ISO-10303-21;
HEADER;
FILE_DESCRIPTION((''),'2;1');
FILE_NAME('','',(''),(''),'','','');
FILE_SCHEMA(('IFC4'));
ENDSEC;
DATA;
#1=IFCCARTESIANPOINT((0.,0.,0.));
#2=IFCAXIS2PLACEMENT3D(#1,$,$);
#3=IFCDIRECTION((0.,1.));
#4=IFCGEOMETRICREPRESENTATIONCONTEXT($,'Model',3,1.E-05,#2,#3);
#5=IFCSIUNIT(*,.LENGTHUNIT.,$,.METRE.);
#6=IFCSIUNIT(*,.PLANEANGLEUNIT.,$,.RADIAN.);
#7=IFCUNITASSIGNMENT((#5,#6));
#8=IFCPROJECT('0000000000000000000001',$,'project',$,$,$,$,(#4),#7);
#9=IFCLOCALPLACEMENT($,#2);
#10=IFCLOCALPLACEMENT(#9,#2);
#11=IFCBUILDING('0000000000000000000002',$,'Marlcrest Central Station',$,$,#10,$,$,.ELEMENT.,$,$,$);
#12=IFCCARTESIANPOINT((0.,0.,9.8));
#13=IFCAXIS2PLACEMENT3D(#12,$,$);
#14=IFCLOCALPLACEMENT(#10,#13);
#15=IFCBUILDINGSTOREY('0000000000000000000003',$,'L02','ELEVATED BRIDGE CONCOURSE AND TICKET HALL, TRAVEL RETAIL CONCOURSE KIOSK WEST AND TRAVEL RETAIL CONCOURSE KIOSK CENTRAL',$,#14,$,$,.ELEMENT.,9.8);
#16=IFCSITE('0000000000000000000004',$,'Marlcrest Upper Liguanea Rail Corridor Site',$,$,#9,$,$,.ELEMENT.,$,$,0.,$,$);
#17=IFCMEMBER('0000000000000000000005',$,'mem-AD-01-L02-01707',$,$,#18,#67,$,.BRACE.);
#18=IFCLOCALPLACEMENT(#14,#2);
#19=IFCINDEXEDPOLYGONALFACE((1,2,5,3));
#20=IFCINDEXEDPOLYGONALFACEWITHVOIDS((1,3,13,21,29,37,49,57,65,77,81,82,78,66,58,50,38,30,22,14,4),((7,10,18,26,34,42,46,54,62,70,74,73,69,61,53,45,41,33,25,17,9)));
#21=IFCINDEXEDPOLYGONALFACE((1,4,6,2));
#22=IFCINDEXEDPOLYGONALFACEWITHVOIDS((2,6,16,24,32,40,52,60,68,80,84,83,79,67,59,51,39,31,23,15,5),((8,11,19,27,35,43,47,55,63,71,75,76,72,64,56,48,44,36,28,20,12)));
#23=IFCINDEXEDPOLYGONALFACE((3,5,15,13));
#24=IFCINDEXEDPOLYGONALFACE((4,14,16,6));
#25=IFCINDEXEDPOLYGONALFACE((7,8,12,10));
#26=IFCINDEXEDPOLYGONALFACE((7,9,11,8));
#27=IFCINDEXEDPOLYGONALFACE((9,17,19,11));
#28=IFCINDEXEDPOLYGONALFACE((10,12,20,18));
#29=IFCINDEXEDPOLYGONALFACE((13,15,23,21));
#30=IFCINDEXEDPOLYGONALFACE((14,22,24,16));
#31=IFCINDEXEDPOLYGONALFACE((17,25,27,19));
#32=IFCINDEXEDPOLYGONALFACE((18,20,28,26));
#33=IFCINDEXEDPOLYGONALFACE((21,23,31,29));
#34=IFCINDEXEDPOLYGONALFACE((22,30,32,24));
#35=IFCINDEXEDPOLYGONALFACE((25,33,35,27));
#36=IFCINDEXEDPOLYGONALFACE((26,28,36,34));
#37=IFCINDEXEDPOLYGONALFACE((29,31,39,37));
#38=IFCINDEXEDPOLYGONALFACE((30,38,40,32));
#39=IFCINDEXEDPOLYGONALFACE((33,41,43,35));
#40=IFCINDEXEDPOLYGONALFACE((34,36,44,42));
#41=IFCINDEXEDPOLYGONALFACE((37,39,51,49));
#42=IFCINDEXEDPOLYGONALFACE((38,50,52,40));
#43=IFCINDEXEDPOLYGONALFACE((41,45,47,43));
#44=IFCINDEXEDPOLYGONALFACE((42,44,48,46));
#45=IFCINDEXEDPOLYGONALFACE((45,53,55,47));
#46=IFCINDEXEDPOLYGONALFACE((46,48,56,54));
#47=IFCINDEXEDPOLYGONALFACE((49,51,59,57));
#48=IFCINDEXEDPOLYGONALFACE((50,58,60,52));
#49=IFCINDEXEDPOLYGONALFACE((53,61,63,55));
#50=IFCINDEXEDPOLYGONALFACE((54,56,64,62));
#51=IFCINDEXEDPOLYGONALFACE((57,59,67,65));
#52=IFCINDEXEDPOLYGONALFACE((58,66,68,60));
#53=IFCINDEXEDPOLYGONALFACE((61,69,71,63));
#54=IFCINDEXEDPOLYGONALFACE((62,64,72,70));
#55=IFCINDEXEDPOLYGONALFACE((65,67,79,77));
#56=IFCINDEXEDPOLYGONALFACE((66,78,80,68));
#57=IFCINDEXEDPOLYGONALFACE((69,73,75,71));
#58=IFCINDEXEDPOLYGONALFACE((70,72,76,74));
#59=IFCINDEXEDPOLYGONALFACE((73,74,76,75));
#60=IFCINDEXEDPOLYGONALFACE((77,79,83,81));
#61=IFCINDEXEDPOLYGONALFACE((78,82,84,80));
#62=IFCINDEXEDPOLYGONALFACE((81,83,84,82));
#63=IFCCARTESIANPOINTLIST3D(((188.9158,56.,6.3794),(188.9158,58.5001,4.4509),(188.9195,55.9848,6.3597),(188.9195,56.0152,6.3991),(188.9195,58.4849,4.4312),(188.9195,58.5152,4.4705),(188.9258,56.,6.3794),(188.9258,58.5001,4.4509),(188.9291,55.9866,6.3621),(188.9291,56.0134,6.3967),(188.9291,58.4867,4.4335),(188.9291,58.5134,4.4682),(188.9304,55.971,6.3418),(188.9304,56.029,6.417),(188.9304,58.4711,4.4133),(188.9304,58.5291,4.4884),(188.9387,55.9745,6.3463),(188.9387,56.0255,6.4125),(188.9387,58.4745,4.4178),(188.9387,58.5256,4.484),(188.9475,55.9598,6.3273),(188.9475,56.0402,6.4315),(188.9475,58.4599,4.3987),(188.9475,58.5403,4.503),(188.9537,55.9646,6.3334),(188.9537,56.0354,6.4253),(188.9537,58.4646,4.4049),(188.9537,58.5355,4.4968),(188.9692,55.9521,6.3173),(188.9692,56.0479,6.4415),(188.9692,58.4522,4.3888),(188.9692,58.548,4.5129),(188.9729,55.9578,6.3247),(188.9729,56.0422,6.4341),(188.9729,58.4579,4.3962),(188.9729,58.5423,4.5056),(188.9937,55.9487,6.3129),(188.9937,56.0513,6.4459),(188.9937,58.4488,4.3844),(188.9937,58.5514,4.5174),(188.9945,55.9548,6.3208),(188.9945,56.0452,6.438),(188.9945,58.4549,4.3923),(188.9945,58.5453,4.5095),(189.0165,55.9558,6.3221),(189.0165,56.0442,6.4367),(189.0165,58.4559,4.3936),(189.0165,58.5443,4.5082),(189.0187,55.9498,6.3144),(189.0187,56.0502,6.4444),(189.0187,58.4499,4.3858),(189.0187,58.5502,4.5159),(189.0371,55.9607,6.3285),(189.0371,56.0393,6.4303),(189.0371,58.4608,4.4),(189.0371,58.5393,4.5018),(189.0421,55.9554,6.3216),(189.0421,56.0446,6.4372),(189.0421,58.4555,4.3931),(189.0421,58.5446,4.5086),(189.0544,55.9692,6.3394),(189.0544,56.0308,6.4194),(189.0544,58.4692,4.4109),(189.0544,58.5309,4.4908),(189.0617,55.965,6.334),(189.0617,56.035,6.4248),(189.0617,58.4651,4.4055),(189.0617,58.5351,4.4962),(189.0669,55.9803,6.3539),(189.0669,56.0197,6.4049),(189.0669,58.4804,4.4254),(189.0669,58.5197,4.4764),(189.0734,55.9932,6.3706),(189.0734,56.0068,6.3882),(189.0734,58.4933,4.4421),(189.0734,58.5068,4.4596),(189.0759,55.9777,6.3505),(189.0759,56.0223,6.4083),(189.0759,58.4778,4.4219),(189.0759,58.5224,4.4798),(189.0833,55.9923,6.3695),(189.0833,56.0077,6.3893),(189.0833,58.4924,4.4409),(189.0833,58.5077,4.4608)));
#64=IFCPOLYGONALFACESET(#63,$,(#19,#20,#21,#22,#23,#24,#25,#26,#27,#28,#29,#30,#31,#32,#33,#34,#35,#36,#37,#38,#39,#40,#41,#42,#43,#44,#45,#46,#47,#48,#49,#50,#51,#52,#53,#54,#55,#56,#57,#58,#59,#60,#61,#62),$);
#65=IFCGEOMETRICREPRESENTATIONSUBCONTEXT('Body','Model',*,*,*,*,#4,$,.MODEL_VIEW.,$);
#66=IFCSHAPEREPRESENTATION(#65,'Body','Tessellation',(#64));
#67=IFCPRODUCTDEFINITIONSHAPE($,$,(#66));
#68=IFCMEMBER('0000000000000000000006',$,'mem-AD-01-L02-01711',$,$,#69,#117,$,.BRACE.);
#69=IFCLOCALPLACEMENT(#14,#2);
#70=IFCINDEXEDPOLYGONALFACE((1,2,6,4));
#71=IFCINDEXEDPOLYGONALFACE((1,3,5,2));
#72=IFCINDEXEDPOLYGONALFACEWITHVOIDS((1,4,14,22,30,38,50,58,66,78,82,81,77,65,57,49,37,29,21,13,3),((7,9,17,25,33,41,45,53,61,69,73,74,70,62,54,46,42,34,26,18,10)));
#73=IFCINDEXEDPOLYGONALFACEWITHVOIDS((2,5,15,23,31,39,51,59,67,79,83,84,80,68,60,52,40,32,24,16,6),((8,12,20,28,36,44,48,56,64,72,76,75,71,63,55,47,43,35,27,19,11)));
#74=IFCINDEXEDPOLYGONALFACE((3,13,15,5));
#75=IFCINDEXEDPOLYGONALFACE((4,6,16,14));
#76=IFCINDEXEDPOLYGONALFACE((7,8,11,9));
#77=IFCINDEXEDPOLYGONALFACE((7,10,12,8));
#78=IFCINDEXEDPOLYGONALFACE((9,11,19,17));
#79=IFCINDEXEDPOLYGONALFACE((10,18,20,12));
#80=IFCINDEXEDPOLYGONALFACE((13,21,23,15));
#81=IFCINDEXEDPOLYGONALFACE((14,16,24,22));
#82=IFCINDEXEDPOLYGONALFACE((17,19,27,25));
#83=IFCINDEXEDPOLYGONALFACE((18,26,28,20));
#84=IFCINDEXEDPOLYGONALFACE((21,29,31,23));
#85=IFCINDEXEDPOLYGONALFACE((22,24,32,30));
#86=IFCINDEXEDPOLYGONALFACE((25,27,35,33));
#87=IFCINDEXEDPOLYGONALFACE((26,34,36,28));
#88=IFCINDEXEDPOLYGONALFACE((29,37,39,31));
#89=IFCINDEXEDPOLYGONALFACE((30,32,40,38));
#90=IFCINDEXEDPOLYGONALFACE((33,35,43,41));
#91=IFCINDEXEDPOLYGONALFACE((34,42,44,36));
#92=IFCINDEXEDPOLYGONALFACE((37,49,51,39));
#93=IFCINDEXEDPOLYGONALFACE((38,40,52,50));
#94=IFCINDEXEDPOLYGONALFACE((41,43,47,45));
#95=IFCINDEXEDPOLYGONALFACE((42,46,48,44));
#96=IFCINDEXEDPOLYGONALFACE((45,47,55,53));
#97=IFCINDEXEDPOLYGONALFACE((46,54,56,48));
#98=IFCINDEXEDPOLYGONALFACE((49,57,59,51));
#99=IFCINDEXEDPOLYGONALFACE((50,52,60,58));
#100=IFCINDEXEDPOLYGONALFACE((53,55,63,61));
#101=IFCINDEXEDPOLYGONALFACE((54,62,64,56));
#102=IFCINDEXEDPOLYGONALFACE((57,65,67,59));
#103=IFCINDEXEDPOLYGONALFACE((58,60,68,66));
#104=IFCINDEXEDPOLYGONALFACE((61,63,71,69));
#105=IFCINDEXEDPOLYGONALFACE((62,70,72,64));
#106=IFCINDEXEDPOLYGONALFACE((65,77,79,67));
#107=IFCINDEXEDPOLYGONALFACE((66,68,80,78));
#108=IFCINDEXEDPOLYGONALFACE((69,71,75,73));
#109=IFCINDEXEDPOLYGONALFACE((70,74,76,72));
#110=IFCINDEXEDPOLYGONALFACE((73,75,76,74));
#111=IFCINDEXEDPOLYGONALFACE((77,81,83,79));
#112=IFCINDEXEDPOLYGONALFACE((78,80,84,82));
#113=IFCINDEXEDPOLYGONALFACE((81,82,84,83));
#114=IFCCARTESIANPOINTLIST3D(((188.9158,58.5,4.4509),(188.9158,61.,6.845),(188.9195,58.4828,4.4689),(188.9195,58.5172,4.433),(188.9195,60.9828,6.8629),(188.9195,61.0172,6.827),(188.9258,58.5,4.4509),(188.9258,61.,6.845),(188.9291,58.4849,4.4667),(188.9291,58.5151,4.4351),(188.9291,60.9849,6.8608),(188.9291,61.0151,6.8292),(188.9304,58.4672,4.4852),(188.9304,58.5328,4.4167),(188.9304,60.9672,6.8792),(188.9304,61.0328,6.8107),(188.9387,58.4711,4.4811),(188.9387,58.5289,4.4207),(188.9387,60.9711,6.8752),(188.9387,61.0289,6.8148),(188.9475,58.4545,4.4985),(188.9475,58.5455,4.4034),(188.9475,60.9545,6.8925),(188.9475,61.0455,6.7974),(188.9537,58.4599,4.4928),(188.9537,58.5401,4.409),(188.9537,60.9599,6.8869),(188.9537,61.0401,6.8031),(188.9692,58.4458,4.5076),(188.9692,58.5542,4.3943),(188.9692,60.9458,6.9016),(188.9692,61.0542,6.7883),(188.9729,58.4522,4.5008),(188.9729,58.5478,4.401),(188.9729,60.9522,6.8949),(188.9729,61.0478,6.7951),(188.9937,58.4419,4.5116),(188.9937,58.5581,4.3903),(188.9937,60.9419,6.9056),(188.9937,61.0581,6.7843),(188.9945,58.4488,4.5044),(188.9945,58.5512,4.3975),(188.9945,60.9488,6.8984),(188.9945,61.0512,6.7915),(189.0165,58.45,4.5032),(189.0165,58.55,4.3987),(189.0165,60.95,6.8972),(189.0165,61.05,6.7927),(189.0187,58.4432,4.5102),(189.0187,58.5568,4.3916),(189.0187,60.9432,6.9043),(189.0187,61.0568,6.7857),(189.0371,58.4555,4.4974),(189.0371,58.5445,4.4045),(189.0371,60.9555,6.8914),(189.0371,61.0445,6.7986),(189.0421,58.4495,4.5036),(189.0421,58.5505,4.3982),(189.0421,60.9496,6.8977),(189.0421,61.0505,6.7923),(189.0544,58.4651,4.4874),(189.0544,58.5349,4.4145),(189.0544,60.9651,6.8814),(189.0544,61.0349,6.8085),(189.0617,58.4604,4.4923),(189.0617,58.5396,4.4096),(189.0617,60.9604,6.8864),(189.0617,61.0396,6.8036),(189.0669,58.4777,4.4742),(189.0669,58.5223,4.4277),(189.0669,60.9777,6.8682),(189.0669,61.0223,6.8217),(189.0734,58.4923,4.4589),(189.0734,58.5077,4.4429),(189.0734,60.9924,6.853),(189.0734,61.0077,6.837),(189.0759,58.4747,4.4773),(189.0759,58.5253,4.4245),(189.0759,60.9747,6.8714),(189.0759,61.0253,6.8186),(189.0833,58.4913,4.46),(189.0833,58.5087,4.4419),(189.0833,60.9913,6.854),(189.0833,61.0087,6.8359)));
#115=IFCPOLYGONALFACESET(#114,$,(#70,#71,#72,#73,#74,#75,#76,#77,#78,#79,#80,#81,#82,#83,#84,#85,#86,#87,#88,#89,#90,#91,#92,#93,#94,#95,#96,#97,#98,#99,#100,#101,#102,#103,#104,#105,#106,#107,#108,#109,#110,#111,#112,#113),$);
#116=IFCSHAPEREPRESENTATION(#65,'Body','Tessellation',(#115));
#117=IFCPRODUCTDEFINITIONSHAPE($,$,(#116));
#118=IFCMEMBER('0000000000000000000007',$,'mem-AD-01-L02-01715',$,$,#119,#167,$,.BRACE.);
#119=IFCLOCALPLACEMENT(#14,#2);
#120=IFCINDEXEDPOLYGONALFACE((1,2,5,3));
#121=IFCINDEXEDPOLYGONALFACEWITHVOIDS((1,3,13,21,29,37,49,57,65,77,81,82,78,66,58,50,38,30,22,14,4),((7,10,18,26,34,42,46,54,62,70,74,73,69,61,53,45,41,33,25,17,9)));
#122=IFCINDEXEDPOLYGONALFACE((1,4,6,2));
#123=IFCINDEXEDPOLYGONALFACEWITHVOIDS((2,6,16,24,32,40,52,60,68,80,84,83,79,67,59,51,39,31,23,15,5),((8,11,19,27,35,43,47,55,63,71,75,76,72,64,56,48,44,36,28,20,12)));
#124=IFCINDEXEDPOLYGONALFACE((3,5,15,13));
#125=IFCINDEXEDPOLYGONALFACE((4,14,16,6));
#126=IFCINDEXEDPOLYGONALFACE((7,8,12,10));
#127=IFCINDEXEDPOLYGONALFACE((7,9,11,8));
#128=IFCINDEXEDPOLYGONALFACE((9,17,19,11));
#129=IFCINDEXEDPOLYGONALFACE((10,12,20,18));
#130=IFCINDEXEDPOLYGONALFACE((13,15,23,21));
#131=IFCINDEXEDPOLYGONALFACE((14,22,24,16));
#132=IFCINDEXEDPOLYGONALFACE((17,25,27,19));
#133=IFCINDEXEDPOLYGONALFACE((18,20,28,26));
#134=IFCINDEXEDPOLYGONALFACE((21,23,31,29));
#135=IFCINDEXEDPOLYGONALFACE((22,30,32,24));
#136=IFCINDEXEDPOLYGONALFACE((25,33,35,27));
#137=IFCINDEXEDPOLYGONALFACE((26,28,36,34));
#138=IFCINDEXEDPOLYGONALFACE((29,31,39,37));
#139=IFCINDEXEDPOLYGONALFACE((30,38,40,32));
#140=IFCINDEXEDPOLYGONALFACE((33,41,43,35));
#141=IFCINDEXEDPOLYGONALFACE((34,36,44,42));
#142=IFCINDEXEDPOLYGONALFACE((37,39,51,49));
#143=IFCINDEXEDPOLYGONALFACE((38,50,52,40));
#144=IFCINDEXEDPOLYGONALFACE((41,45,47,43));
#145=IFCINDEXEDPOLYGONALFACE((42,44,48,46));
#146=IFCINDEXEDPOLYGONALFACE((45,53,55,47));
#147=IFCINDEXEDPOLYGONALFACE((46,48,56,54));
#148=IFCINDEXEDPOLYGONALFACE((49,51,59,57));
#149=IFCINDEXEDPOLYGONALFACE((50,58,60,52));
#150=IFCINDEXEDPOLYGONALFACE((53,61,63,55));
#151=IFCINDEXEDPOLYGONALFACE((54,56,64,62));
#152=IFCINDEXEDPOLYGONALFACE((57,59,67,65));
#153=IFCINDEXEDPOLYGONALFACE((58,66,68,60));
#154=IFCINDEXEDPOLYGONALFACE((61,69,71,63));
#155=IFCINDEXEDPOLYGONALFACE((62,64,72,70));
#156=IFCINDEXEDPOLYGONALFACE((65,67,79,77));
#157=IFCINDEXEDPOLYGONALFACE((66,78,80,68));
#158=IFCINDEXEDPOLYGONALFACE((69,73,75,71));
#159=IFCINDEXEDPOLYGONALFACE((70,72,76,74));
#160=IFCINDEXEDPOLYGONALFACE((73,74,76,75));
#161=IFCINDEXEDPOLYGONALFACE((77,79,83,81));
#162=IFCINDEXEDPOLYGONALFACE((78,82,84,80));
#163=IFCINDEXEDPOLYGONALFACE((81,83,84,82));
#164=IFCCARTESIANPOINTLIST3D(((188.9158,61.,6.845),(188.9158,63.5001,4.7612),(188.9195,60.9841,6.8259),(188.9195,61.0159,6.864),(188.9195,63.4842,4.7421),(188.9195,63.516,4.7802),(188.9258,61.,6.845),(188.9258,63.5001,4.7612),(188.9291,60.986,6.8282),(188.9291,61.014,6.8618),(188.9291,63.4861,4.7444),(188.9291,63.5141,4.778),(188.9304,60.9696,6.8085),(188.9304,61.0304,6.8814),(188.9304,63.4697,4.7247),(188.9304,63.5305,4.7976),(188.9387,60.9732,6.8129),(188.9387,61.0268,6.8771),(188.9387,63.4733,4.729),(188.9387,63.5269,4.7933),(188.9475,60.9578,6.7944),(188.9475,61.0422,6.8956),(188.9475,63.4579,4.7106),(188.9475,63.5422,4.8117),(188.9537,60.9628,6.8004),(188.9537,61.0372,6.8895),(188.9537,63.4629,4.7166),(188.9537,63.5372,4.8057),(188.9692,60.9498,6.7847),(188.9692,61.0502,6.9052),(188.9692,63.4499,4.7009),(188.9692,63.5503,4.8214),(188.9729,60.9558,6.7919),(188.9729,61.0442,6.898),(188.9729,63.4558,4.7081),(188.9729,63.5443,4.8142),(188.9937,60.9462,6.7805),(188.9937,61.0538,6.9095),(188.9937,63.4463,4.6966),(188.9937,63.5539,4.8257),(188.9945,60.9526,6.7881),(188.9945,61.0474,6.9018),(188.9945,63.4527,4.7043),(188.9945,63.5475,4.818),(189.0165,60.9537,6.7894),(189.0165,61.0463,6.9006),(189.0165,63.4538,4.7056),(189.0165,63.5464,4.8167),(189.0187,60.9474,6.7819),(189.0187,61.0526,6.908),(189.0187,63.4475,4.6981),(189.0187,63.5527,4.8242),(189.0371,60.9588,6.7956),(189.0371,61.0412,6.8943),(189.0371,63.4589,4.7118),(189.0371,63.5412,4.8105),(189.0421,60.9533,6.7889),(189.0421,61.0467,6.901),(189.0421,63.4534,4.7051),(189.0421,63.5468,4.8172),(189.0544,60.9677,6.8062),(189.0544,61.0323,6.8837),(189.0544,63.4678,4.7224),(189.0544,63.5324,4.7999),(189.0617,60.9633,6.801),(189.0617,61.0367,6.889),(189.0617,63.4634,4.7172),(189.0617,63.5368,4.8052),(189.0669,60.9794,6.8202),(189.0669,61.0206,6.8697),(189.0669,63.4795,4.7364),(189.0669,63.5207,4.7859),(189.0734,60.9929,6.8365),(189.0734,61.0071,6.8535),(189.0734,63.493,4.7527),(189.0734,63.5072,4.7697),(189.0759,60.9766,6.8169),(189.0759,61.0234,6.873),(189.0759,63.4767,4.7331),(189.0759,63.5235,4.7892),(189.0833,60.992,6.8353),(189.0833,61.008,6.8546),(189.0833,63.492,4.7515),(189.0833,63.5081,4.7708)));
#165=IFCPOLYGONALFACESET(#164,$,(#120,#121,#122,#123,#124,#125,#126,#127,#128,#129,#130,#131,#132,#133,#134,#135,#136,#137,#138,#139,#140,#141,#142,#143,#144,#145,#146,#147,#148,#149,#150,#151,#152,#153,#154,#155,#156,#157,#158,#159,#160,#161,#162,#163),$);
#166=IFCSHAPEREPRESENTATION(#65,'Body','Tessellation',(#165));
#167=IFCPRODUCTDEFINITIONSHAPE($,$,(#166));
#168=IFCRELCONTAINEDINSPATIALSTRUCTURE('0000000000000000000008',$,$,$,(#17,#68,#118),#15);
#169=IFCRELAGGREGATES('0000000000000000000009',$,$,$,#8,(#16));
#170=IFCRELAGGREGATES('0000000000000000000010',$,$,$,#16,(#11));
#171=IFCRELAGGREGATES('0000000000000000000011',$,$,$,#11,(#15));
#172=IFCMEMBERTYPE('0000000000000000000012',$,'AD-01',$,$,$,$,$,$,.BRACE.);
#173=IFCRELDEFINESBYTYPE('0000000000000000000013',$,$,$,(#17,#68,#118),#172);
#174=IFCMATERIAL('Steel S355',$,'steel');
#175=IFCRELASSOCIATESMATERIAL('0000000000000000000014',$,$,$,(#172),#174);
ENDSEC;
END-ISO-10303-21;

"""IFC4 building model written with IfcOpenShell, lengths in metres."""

from ifc_helpers import new_model, si_unit, direction, frame, origin, origin_2d, place, context, subcontext, project, spatial, hollow_circle, extrude, material, material_profile, profile_set, type_object, element, save


model = new_model("IFC4")

# Units and contexts
model_context = context("Model", 3, precision=1e-05, world=origin(), true_north=direction((0.0, 1.0)))
body_context = subcontext(model_context, "Body", "Model", "MODEL_VIEW")
ifc_project = project(units=[si_unit("LENGTHUNIT", "METRE"), si_unit("PLANEANGLEUNIT", "RADIAN")], contexts=[model_context])

# Site, building, storey
site_placement = place(None, origin())
site = spatial("IfcSite", under=ifc_project, at=site_placement, Name="Marlcrest Upper Liguanea Rail Corridor Site", CompositionType="ELEMENT", RefElevation=0.0)
building_placement = place(site_placement, origin())
building = spatial("IfcBuilding", under=site, at=building_placement, Name="Marlcrest Central Station", CompositionType="ELEMENT")
storey_placement = place(building_placement, frame((0.0, 0.0, 9.8)))
storey = spatial("IfcBuildingStorey", under=building, at=storey_placement, Name="L02", Description="ELEVATED BRIDGE CONCOURSE AND TICKET HALL, TRAVEL RETAIL CONCOURSE KIOSK WEST AND TRAVEL RETAIL CONCOURSE KIOSK CENTRAL", CompositionType="ELEMENT", Elevation=9.8)

# Members
ifc_material = material(Name="Steel S355", Category="steel")
ifc_material_profile_1 = material_profile(ifc_material, hollow_circle(Radius=0.0842, WallThickness=0.01, at=origin_2d()), Name="CHS 168.3x10")
ifc_profile_set_1 = profile_set([ifc_material_profile_1], Name="Steel S355")
member_type_1 = type_object("IfcMemberType", Name="AD-01", PredefinedType="BRACE", material=ifc_profile_set_1)
member_1_placement = place(storey_placement, frame((189.0, 56.0, 6.3794), z_axis=(0.0, 0.791798, -0.610783), x_axis=(-1.0, 0.0, 0.0)))
element("IfcMember", 1, at=member_1_placement, inside=storey, type_object=member_type_1, Name="mem-AD-01-L02-01707", PredefinedType="BRACE", context=body_context, shape_type="SweptSolid", body=[
    extrude(hollow_circle(Radius=0.0842, WallThickness=0.01, at=origin_2d()), origin(), (0.0, 0.0, 1.0), 3.1575),
])
member_2_placement = place(storey_placement, frame((189.0, 58.5, 4.4509), z_axis=(0.0, 0.722247, 0.691636), x_axis=(-1.0, 0.0, 0.0)))
element("IfcMember", 2, at=member_2_placement, inside=storey, type_object=member_type_1, Name="mem-AD-01-L02-01711", PredefinedType="BRACE", context=body_context, shape_type="SweptSolid", body=[
    extrude(hollow_circle(Radius=0.0842, WallThickness=0.01, at=origin_2d()), origin(), (0.0, 0.0, 1.0), 3.4614),
])
member_3_placement = place(storey_placement, frame((189.0, 61.0, 6.845), z_axis=(0.0, 0.76816, -0.640258), x_axis=(-1.0, 0.0, 0.0)))
element("IfcMember", 3, at=member_3_placement, inside=storey, type_object=member_type_1, Name="mem-AD-01-L02-01715", PredefinedType="BRACE", context=body_context, shape_type="SweptSolid", body=[
    extrude(hollow_circle(Radius=0.0842, WallThickness=0.01, at=origin_2d()), origin(), (0.0, 0.0, 1.0), 3.2546),
])

save(model, "model.ifc")
